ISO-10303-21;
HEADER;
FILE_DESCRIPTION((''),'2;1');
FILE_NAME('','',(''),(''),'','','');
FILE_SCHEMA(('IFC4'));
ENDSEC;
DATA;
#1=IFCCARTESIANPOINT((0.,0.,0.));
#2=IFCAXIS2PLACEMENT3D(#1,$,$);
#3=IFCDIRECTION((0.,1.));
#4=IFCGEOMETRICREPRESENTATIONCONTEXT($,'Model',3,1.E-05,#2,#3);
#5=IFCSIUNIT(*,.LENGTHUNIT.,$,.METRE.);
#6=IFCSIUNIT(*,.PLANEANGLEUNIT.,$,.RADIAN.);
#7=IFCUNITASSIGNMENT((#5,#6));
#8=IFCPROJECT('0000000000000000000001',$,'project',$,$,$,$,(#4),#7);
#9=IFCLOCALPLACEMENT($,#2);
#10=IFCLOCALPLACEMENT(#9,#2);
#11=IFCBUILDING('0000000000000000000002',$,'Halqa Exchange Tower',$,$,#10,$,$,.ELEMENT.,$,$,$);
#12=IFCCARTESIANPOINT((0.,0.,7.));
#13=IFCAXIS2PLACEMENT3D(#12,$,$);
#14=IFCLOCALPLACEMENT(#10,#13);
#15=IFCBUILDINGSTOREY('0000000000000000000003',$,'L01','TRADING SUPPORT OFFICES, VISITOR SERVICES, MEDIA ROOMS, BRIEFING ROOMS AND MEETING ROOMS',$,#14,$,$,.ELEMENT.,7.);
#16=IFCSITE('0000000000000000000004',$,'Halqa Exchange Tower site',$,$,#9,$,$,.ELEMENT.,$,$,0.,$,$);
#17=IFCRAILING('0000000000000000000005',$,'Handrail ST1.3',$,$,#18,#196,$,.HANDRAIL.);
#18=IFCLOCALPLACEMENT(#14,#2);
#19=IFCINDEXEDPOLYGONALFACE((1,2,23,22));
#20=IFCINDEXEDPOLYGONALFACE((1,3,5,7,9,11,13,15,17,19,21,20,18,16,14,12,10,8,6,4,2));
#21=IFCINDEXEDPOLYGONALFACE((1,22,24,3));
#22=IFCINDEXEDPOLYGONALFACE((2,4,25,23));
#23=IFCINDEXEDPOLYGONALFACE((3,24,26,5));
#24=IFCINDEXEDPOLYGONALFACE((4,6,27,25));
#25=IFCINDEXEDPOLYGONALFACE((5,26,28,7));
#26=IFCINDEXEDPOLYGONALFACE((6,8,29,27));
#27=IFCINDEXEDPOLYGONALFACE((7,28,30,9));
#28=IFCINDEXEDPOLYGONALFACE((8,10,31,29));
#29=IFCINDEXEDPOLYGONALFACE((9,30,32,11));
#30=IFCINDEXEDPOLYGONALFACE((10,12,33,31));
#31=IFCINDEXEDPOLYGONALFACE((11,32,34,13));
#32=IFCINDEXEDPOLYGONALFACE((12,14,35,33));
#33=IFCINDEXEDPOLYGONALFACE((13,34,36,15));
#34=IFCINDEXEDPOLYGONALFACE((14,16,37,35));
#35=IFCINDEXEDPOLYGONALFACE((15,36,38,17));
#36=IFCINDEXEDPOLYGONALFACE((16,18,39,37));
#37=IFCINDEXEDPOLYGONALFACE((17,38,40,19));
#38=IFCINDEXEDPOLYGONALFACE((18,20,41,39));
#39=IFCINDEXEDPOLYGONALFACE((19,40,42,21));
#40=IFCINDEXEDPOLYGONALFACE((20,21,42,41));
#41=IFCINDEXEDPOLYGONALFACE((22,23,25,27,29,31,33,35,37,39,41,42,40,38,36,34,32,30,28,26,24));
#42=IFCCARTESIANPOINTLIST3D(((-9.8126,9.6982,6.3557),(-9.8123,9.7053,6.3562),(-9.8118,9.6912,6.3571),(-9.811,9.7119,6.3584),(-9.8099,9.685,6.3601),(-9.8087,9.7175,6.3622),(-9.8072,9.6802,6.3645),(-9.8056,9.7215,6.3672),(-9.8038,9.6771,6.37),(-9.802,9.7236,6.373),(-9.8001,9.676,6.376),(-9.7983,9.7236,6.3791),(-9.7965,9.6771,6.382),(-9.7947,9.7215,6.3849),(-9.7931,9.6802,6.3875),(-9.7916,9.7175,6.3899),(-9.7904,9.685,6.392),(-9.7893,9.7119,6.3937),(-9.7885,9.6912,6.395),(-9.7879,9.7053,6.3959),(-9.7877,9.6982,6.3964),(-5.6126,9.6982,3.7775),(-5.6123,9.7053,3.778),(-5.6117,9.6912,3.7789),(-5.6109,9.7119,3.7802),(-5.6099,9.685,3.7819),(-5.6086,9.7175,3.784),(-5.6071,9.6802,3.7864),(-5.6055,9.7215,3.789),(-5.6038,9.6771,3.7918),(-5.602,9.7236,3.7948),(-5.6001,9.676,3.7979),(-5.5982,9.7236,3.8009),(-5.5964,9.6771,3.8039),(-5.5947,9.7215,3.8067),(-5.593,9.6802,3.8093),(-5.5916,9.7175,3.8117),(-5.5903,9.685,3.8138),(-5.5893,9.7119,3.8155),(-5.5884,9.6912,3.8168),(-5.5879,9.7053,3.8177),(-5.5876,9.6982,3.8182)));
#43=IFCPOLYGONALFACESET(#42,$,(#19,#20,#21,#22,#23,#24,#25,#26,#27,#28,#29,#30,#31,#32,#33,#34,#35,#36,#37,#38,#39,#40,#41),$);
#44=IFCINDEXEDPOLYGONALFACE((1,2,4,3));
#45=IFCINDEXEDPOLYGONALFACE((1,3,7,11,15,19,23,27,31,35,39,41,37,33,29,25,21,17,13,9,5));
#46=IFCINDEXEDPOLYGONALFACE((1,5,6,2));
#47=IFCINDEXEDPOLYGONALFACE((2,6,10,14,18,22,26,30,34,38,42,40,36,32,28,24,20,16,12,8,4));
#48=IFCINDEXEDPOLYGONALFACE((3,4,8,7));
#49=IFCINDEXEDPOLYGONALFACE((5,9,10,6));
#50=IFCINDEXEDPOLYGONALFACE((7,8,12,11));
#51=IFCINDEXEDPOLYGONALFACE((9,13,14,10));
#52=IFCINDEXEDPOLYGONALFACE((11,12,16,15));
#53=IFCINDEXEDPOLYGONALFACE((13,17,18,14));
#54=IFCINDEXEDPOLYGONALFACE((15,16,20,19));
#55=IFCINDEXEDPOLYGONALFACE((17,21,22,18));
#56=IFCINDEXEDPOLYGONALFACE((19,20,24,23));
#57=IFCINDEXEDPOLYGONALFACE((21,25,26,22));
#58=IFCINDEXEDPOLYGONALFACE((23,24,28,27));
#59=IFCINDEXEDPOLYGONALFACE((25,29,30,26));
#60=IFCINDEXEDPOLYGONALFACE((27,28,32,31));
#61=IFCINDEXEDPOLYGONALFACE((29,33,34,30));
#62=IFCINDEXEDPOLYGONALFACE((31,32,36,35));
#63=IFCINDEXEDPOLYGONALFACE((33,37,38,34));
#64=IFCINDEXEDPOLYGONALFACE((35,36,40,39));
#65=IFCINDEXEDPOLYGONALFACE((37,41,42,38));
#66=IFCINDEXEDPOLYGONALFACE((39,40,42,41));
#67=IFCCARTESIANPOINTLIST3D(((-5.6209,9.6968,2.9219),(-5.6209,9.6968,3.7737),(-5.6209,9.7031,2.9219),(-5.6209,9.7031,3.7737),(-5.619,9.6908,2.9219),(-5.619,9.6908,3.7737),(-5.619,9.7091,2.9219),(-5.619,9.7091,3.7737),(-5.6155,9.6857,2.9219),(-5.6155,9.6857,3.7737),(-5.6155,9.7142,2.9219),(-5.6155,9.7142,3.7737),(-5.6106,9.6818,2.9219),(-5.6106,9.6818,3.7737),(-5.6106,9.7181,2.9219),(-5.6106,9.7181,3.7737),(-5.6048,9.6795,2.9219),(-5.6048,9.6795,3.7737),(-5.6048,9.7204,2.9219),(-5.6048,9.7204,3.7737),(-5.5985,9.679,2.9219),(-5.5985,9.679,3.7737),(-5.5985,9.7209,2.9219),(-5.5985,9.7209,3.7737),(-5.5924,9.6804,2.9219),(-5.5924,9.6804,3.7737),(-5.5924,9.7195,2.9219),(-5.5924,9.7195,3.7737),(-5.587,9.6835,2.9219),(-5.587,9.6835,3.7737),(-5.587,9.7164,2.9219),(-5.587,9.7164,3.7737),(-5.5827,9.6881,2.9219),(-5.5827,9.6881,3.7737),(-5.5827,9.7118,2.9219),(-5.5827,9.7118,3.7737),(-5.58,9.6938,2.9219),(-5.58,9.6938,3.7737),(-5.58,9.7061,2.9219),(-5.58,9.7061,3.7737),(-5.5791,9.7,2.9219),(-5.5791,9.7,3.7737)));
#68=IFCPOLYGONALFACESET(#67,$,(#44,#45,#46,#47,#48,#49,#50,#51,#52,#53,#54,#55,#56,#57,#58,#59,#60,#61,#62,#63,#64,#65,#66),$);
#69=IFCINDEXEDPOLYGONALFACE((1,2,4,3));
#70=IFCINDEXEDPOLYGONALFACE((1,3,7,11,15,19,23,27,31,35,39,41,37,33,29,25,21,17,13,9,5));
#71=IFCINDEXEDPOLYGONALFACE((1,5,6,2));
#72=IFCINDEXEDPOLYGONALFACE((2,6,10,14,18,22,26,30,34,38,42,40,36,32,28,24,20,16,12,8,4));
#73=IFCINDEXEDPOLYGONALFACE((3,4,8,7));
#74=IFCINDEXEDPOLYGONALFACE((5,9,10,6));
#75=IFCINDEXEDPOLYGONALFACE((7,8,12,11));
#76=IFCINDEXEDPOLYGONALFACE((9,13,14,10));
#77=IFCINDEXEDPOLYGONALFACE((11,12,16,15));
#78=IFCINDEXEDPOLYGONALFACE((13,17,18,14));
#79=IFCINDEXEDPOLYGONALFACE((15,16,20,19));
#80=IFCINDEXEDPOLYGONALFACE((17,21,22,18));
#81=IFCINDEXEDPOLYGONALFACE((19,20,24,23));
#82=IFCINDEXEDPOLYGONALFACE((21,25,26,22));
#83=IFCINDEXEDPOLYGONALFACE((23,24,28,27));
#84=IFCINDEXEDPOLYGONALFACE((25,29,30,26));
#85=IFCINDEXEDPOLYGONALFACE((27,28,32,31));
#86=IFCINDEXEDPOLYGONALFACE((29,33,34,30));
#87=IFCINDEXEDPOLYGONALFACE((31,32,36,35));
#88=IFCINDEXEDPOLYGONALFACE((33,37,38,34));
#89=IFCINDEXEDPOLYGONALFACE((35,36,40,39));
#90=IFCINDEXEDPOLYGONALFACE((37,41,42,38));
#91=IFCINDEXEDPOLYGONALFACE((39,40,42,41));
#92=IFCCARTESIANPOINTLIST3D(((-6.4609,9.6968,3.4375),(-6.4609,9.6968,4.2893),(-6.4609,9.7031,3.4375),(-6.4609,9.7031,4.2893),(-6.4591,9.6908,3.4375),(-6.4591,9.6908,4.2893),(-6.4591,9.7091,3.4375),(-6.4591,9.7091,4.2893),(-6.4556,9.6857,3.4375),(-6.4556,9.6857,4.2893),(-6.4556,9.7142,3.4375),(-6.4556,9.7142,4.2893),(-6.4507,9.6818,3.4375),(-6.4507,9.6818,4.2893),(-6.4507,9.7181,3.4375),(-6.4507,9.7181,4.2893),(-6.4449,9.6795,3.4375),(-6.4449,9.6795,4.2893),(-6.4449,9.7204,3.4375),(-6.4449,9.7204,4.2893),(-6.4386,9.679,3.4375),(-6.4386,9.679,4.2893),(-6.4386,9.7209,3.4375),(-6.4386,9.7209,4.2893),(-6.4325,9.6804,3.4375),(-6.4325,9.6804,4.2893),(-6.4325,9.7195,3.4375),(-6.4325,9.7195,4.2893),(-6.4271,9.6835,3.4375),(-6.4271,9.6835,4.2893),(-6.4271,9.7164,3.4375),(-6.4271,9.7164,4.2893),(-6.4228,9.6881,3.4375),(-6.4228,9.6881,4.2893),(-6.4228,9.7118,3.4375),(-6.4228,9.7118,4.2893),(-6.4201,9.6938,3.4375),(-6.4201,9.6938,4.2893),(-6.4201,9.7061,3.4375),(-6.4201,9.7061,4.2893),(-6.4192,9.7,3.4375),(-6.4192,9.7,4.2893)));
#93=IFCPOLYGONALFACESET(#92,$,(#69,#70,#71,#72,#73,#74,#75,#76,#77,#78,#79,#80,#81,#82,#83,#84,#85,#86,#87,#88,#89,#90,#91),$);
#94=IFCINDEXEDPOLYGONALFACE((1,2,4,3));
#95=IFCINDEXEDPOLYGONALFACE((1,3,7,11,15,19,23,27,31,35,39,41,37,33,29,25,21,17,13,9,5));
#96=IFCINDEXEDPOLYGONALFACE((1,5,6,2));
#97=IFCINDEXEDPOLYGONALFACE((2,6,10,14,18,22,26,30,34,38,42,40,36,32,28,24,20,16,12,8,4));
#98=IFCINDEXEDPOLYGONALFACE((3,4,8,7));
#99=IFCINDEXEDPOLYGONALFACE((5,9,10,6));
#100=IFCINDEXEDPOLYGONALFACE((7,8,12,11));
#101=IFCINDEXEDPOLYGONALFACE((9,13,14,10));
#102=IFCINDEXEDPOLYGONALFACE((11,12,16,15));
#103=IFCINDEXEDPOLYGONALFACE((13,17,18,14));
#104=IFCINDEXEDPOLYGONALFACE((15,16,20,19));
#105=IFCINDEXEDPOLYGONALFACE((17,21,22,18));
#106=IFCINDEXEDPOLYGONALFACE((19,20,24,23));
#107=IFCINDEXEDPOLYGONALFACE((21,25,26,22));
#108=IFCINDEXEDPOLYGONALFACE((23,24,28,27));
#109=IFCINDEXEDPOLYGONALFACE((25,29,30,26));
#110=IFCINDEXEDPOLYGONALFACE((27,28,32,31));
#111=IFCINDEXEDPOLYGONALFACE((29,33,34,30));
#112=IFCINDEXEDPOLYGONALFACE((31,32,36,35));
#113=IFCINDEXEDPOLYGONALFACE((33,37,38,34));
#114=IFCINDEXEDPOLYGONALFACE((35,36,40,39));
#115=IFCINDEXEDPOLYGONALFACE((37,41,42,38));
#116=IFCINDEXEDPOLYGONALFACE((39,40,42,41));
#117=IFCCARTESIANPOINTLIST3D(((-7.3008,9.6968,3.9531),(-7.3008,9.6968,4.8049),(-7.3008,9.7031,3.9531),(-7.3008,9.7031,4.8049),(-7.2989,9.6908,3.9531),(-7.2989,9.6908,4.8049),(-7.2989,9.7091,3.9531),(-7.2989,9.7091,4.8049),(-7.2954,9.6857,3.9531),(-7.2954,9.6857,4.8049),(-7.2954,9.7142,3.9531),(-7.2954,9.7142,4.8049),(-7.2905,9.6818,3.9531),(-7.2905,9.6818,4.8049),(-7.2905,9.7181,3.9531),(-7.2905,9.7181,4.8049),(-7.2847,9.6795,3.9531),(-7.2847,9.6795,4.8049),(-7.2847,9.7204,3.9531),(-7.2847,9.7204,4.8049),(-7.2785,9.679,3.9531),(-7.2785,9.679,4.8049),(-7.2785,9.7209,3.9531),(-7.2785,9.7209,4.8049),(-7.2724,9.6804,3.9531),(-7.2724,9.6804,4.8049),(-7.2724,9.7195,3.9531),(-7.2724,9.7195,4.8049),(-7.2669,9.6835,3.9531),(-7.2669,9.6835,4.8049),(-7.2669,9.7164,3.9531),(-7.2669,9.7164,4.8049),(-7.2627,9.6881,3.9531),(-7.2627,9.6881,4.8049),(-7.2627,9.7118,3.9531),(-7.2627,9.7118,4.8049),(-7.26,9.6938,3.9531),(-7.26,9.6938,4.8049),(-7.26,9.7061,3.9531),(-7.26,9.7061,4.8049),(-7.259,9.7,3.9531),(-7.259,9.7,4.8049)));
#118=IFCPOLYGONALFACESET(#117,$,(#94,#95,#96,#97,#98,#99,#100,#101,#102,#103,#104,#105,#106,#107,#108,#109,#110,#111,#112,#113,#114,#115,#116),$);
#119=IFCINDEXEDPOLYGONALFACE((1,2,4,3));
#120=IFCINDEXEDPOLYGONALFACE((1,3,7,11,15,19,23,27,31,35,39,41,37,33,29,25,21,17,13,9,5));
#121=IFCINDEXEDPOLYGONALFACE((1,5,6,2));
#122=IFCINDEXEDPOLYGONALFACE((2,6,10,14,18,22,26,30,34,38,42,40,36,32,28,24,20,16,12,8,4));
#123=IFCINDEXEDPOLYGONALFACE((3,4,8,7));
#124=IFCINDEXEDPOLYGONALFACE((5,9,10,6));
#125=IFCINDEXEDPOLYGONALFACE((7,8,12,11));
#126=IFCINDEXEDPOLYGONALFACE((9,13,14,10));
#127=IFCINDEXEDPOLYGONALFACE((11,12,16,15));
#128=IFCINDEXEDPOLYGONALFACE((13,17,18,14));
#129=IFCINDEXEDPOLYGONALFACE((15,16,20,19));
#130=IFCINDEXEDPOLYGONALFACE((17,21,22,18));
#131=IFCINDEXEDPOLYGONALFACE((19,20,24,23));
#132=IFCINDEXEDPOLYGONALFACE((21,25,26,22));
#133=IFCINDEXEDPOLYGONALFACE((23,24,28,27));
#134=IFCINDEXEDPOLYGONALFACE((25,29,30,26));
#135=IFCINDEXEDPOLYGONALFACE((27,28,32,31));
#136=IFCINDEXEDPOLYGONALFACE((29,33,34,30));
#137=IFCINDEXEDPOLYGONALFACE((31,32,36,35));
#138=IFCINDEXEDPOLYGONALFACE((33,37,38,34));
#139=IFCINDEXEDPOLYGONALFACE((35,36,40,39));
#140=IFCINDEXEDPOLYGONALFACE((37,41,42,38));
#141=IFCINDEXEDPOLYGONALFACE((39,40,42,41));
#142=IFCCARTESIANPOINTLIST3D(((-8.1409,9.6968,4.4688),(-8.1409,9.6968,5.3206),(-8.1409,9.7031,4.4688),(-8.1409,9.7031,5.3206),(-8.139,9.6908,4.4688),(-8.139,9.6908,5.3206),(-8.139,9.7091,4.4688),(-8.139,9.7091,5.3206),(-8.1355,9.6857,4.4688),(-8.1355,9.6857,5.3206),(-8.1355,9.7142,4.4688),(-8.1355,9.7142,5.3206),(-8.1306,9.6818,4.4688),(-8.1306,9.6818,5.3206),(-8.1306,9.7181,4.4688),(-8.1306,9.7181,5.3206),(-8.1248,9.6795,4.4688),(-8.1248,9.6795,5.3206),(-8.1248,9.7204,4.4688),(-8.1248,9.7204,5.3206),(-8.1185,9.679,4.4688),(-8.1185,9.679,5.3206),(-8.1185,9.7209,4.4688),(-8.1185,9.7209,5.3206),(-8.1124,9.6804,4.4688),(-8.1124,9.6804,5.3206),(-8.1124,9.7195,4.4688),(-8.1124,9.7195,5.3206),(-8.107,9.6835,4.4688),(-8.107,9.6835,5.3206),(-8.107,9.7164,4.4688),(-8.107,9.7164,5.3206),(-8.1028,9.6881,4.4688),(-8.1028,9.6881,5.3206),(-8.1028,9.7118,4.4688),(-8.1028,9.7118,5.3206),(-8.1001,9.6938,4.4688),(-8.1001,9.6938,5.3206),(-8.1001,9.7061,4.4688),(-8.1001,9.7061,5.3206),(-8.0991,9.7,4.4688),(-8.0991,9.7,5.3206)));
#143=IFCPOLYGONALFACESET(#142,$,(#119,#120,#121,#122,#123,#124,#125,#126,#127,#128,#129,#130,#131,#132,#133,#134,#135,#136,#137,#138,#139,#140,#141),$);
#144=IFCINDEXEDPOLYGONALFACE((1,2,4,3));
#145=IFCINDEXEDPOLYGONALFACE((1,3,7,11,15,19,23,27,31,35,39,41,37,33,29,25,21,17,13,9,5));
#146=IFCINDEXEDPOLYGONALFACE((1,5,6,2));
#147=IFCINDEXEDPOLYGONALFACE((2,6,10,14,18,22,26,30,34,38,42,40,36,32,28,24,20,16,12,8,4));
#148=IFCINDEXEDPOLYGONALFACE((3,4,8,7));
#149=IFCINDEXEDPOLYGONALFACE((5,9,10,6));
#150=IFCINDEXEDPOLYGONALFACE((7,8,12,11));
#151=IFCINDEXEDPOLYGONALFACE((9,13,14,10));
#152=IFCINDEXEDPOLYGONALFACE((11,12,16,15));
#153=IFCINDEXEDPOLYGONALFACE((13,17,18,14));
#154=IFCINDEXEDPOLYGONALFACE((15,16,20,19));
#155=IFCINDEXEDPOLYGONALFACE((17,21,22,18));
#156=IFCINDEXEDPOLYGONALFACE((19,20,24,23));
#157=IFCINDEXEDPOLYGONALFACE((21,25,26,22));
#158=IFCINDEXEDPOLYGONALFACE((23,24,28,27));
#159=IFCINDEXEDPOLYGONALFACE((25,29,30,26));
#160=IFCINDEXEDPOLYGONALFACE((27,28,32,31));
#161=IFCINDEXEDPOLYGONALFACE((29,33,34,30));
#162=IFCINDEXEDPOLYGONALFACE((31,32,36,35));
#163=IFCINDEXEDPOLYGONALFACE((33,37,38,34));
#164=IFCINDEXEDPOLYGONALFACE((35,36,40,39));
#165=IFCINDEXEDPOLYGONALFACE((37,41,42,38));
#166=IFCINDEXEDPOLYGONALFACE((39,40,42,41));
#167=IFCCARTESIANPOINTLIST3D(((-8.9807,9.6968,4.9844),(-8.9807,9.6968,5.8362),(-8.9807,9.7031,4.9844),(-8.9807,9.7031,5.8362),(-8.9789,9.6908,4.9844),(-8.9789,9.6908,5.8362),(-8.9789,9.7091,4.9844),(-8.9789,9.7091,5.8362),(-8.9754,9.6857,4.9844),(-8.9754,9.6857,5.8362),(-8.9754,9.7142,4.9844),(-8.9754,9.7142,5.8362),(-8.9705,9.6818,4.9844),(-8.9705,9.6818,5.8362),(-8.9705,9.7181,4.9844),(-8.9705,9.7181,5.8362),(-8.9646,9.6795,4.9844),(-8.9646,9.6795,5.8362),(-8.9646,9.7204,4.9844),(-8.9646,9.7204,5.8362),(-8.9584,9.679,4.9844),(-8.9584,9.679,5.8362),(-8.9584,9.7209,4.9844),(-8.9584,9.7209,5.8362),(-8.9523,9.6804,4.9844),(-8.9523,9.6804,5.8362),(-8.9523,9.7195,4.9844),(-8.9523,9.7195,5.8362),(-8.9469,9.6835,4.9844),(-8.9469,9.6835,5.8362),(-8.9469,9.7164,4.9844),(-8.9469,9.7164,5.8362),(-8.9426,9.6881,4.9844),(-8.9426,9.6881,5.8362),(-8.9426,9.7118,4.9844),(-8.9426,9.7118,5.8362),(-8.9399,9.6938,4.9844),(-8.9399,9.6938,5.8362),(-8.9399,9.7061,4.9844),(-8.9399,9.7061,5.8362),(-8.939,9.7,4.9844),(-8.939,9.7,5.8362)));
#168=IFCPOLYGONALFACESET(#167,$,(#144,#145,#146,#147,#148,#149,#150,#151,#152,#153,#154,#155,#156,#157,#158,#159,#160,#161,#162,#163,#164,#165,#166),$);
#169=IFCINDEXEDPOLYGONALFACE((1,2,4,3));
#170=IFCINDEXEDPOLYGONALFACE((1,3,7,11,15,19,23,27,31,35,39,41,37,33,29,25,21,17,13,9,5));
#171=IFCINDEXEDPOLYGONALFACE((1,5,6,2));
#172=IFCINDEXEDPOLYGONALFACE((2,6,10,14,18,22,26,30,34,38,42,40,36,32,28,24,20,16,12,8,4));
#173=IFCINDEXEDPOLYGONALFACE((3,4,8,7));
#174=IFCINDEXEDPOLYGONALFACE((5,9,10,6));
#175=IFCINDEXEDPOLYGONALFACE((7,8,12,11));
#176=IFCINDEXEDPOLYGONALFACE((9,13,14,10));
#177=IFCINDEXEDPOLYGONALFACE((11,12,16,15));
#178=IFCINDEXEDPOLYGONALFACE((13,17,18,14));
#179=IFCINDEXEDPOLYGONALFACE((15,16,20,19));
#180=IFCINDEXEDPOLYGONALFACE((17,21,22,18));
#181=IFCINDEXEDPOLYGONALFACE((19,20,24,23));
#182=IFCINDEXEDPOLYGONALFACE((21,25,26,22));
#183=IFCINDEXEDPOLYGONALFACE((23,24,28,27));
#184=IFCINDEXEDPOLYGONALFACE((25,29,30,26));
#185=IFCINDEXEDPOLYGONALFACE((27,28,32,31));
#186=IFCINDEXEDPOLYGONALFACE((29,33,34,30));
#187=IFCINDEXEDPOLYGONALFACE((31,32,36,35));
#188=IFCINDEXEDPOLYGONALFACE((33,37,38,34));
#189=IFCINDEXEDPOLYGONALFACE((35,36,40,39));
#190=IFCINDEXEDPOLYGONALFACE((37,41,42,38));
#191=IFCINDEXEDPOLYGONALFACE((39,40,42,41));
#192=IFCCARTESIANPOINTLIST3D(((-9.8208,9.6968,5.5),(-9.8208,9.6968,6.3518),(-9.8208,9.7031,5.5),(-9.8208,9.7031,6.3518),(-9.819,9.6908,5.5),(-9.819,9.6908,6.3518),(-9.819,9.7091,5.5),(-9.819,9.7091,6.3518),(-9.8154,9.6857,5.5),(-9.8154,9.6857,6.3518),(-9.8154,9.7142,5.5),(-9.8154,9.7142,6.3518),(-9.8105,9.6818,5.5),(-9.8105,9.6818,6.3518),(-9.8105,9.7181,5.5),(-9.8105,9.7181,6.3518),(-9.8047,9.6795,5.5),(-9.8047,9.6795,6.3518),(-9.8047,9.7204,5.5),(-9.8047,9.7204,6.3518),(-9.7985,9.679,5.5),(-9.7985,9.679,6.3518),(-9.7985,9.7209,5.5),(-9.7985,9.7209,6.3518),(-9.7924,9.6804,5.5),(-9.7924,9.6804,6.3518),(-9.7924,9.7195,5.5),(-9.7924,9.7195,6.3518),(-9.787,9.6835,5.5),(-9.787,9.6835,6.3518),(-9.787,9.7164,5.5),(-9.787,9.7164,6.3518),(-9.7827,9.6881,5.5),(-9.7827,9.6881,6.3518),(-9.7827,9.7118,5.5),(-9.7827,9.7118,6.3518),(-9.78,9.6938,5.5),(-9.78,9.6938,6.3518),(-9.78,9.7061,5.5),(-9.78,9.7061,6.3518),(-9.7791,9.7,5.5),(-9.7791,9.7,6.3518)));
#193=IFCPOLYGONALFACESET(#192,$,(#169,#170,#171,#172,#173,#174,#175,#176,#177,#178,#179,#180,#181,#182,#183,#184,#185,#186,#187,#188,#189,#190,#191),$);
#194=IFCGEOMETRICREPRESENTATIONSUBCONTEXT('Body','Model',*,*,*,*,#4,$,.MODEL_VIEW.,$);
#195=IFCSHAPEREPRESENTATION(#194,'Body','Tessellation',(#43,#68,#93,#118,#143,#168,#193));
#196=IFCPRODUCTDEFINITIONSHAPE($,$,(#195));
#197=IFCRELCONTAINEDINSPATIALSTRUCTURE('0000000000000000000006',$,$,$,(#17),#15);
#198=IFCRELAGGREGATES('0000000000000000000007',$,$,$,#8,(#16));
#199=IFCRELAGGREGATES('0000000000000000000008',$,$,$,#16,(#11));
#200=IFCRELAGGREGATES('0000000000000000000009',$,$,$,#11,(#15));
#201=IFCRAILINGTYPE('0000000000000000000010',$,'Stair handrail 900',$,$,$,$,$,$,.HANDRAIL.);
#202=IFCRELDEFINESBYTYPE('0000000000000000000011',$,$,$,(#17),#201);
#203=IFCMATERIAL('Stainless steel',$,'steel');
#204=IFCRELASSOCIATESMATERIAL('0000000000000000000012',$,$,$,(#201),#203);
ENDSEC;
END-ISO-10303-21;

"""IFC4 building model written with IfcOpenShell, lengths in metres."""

from ifc_helpers import new_model, si_unit, direction, frame, origin, origin_2d, place, context, subcontext, project, spatial, circle, extrude, material, type_object, element, save


model = new_model("IFC4")

# Units and contexts
model_context = context("Model", 3, precision=1e-05, world=origin(), true_north=direction((0.0, 1.0)))
body_context = subcontext(model_context, "Body", "Model", "MODEL_VIEW")
ifc_project = project(units=[si_unit("LENGTHUNIT", "METRE"), si_unit("PLANEANGLEUNIT", "RADIAN")], contexts=[model_context])

# Site, building, storey
site_placement = place(None, origin())
site = spatial("IfcSite", under=ifc_project, at=site_placement, Name="Halqa Exchange Tower site", CompositionType="ELEMENT", RefElevation=0.0)
building_placement = place(site_placement, origin())
building = spatial("IfcBuilding", under=site, at=building_placement, Name="Halqa Exchange Tower", CompositionType="ELEMENT")
storey_placement = place(building_placement, frame((0.0, 0.0, 7.0)))
storey = spatial("IfcBuildingStorey", under=building, at=storey_placement, Name="L01", Description="TRADING SUPPORT OFFICES, VISITOR SERVICES, MEDIA ROOMS, BRIEFING ROOMS AND MEETING ROOMS", CompositionType="ELEMENT", Elevation=7.0)

# Railing
ifc_material_1 = material(Name="Stainless steel", Category="steel")
railing_type = type_object("IfcRailingType", Name="Stair handrail 900", PredefinedType="HANDRAIL", material=ifc_material_1)
railing_placement = place(storey_placement, frame((-5.6001, 9.7, 2.9219)))
element("IfcRailing", 1, at=railing_placement, inside=storey, type_object=railing_type, Name="Handrail ST1.3", PredefinedType="HANDRAIL", context=body_context, shape_type="SweptSolid", body=[
    extrude(circle(Radius=0.0239, at=origin_2d()), frame((0.0, 0.0, 0.876), z_axis=(-0.852243, 0.0, 0.523146), x_axis=(0.0, -1.0, 0.0)), (0.0, 0.0, 1.0), 4.9282),
    extrude(circle(Radius=0.021, at=origin_2d()), origin(), (0.0, 0.0, 1.0), 0.8518),
    extrude(circle(Radius=0.021, at=origin_2d()), frame((-0.8401, 0.0, 0.5156)), (0.0, 0.0, 1.0), 0.8518),
    extrude(circle(Radius=0.021, at=origin_2d()), frame((-1.6799, 0.0, 1.0312)), (0.0, 0.0, 1.0), 0.8518),
    extrude(circle(Radius=0.021, at=origin_2d()), frame((-2.52, 0.0, 1.5469)), (0.0, 0.0, 1.0), 0.8518),
    extrude(circle(Radius=0.021, at=origin_2d()), frame((-3.3599, 0.0, 2.0625)), (0.0, 0.0, 1.0), 0.8518),
    extrude(circle(Radius=0.021, at=origin_2d()), frame((-4.2, 0.0, 2.5781)), (0.0, 0.0, 1.0), 0.8518),
])

save(model, "model.ifc")
